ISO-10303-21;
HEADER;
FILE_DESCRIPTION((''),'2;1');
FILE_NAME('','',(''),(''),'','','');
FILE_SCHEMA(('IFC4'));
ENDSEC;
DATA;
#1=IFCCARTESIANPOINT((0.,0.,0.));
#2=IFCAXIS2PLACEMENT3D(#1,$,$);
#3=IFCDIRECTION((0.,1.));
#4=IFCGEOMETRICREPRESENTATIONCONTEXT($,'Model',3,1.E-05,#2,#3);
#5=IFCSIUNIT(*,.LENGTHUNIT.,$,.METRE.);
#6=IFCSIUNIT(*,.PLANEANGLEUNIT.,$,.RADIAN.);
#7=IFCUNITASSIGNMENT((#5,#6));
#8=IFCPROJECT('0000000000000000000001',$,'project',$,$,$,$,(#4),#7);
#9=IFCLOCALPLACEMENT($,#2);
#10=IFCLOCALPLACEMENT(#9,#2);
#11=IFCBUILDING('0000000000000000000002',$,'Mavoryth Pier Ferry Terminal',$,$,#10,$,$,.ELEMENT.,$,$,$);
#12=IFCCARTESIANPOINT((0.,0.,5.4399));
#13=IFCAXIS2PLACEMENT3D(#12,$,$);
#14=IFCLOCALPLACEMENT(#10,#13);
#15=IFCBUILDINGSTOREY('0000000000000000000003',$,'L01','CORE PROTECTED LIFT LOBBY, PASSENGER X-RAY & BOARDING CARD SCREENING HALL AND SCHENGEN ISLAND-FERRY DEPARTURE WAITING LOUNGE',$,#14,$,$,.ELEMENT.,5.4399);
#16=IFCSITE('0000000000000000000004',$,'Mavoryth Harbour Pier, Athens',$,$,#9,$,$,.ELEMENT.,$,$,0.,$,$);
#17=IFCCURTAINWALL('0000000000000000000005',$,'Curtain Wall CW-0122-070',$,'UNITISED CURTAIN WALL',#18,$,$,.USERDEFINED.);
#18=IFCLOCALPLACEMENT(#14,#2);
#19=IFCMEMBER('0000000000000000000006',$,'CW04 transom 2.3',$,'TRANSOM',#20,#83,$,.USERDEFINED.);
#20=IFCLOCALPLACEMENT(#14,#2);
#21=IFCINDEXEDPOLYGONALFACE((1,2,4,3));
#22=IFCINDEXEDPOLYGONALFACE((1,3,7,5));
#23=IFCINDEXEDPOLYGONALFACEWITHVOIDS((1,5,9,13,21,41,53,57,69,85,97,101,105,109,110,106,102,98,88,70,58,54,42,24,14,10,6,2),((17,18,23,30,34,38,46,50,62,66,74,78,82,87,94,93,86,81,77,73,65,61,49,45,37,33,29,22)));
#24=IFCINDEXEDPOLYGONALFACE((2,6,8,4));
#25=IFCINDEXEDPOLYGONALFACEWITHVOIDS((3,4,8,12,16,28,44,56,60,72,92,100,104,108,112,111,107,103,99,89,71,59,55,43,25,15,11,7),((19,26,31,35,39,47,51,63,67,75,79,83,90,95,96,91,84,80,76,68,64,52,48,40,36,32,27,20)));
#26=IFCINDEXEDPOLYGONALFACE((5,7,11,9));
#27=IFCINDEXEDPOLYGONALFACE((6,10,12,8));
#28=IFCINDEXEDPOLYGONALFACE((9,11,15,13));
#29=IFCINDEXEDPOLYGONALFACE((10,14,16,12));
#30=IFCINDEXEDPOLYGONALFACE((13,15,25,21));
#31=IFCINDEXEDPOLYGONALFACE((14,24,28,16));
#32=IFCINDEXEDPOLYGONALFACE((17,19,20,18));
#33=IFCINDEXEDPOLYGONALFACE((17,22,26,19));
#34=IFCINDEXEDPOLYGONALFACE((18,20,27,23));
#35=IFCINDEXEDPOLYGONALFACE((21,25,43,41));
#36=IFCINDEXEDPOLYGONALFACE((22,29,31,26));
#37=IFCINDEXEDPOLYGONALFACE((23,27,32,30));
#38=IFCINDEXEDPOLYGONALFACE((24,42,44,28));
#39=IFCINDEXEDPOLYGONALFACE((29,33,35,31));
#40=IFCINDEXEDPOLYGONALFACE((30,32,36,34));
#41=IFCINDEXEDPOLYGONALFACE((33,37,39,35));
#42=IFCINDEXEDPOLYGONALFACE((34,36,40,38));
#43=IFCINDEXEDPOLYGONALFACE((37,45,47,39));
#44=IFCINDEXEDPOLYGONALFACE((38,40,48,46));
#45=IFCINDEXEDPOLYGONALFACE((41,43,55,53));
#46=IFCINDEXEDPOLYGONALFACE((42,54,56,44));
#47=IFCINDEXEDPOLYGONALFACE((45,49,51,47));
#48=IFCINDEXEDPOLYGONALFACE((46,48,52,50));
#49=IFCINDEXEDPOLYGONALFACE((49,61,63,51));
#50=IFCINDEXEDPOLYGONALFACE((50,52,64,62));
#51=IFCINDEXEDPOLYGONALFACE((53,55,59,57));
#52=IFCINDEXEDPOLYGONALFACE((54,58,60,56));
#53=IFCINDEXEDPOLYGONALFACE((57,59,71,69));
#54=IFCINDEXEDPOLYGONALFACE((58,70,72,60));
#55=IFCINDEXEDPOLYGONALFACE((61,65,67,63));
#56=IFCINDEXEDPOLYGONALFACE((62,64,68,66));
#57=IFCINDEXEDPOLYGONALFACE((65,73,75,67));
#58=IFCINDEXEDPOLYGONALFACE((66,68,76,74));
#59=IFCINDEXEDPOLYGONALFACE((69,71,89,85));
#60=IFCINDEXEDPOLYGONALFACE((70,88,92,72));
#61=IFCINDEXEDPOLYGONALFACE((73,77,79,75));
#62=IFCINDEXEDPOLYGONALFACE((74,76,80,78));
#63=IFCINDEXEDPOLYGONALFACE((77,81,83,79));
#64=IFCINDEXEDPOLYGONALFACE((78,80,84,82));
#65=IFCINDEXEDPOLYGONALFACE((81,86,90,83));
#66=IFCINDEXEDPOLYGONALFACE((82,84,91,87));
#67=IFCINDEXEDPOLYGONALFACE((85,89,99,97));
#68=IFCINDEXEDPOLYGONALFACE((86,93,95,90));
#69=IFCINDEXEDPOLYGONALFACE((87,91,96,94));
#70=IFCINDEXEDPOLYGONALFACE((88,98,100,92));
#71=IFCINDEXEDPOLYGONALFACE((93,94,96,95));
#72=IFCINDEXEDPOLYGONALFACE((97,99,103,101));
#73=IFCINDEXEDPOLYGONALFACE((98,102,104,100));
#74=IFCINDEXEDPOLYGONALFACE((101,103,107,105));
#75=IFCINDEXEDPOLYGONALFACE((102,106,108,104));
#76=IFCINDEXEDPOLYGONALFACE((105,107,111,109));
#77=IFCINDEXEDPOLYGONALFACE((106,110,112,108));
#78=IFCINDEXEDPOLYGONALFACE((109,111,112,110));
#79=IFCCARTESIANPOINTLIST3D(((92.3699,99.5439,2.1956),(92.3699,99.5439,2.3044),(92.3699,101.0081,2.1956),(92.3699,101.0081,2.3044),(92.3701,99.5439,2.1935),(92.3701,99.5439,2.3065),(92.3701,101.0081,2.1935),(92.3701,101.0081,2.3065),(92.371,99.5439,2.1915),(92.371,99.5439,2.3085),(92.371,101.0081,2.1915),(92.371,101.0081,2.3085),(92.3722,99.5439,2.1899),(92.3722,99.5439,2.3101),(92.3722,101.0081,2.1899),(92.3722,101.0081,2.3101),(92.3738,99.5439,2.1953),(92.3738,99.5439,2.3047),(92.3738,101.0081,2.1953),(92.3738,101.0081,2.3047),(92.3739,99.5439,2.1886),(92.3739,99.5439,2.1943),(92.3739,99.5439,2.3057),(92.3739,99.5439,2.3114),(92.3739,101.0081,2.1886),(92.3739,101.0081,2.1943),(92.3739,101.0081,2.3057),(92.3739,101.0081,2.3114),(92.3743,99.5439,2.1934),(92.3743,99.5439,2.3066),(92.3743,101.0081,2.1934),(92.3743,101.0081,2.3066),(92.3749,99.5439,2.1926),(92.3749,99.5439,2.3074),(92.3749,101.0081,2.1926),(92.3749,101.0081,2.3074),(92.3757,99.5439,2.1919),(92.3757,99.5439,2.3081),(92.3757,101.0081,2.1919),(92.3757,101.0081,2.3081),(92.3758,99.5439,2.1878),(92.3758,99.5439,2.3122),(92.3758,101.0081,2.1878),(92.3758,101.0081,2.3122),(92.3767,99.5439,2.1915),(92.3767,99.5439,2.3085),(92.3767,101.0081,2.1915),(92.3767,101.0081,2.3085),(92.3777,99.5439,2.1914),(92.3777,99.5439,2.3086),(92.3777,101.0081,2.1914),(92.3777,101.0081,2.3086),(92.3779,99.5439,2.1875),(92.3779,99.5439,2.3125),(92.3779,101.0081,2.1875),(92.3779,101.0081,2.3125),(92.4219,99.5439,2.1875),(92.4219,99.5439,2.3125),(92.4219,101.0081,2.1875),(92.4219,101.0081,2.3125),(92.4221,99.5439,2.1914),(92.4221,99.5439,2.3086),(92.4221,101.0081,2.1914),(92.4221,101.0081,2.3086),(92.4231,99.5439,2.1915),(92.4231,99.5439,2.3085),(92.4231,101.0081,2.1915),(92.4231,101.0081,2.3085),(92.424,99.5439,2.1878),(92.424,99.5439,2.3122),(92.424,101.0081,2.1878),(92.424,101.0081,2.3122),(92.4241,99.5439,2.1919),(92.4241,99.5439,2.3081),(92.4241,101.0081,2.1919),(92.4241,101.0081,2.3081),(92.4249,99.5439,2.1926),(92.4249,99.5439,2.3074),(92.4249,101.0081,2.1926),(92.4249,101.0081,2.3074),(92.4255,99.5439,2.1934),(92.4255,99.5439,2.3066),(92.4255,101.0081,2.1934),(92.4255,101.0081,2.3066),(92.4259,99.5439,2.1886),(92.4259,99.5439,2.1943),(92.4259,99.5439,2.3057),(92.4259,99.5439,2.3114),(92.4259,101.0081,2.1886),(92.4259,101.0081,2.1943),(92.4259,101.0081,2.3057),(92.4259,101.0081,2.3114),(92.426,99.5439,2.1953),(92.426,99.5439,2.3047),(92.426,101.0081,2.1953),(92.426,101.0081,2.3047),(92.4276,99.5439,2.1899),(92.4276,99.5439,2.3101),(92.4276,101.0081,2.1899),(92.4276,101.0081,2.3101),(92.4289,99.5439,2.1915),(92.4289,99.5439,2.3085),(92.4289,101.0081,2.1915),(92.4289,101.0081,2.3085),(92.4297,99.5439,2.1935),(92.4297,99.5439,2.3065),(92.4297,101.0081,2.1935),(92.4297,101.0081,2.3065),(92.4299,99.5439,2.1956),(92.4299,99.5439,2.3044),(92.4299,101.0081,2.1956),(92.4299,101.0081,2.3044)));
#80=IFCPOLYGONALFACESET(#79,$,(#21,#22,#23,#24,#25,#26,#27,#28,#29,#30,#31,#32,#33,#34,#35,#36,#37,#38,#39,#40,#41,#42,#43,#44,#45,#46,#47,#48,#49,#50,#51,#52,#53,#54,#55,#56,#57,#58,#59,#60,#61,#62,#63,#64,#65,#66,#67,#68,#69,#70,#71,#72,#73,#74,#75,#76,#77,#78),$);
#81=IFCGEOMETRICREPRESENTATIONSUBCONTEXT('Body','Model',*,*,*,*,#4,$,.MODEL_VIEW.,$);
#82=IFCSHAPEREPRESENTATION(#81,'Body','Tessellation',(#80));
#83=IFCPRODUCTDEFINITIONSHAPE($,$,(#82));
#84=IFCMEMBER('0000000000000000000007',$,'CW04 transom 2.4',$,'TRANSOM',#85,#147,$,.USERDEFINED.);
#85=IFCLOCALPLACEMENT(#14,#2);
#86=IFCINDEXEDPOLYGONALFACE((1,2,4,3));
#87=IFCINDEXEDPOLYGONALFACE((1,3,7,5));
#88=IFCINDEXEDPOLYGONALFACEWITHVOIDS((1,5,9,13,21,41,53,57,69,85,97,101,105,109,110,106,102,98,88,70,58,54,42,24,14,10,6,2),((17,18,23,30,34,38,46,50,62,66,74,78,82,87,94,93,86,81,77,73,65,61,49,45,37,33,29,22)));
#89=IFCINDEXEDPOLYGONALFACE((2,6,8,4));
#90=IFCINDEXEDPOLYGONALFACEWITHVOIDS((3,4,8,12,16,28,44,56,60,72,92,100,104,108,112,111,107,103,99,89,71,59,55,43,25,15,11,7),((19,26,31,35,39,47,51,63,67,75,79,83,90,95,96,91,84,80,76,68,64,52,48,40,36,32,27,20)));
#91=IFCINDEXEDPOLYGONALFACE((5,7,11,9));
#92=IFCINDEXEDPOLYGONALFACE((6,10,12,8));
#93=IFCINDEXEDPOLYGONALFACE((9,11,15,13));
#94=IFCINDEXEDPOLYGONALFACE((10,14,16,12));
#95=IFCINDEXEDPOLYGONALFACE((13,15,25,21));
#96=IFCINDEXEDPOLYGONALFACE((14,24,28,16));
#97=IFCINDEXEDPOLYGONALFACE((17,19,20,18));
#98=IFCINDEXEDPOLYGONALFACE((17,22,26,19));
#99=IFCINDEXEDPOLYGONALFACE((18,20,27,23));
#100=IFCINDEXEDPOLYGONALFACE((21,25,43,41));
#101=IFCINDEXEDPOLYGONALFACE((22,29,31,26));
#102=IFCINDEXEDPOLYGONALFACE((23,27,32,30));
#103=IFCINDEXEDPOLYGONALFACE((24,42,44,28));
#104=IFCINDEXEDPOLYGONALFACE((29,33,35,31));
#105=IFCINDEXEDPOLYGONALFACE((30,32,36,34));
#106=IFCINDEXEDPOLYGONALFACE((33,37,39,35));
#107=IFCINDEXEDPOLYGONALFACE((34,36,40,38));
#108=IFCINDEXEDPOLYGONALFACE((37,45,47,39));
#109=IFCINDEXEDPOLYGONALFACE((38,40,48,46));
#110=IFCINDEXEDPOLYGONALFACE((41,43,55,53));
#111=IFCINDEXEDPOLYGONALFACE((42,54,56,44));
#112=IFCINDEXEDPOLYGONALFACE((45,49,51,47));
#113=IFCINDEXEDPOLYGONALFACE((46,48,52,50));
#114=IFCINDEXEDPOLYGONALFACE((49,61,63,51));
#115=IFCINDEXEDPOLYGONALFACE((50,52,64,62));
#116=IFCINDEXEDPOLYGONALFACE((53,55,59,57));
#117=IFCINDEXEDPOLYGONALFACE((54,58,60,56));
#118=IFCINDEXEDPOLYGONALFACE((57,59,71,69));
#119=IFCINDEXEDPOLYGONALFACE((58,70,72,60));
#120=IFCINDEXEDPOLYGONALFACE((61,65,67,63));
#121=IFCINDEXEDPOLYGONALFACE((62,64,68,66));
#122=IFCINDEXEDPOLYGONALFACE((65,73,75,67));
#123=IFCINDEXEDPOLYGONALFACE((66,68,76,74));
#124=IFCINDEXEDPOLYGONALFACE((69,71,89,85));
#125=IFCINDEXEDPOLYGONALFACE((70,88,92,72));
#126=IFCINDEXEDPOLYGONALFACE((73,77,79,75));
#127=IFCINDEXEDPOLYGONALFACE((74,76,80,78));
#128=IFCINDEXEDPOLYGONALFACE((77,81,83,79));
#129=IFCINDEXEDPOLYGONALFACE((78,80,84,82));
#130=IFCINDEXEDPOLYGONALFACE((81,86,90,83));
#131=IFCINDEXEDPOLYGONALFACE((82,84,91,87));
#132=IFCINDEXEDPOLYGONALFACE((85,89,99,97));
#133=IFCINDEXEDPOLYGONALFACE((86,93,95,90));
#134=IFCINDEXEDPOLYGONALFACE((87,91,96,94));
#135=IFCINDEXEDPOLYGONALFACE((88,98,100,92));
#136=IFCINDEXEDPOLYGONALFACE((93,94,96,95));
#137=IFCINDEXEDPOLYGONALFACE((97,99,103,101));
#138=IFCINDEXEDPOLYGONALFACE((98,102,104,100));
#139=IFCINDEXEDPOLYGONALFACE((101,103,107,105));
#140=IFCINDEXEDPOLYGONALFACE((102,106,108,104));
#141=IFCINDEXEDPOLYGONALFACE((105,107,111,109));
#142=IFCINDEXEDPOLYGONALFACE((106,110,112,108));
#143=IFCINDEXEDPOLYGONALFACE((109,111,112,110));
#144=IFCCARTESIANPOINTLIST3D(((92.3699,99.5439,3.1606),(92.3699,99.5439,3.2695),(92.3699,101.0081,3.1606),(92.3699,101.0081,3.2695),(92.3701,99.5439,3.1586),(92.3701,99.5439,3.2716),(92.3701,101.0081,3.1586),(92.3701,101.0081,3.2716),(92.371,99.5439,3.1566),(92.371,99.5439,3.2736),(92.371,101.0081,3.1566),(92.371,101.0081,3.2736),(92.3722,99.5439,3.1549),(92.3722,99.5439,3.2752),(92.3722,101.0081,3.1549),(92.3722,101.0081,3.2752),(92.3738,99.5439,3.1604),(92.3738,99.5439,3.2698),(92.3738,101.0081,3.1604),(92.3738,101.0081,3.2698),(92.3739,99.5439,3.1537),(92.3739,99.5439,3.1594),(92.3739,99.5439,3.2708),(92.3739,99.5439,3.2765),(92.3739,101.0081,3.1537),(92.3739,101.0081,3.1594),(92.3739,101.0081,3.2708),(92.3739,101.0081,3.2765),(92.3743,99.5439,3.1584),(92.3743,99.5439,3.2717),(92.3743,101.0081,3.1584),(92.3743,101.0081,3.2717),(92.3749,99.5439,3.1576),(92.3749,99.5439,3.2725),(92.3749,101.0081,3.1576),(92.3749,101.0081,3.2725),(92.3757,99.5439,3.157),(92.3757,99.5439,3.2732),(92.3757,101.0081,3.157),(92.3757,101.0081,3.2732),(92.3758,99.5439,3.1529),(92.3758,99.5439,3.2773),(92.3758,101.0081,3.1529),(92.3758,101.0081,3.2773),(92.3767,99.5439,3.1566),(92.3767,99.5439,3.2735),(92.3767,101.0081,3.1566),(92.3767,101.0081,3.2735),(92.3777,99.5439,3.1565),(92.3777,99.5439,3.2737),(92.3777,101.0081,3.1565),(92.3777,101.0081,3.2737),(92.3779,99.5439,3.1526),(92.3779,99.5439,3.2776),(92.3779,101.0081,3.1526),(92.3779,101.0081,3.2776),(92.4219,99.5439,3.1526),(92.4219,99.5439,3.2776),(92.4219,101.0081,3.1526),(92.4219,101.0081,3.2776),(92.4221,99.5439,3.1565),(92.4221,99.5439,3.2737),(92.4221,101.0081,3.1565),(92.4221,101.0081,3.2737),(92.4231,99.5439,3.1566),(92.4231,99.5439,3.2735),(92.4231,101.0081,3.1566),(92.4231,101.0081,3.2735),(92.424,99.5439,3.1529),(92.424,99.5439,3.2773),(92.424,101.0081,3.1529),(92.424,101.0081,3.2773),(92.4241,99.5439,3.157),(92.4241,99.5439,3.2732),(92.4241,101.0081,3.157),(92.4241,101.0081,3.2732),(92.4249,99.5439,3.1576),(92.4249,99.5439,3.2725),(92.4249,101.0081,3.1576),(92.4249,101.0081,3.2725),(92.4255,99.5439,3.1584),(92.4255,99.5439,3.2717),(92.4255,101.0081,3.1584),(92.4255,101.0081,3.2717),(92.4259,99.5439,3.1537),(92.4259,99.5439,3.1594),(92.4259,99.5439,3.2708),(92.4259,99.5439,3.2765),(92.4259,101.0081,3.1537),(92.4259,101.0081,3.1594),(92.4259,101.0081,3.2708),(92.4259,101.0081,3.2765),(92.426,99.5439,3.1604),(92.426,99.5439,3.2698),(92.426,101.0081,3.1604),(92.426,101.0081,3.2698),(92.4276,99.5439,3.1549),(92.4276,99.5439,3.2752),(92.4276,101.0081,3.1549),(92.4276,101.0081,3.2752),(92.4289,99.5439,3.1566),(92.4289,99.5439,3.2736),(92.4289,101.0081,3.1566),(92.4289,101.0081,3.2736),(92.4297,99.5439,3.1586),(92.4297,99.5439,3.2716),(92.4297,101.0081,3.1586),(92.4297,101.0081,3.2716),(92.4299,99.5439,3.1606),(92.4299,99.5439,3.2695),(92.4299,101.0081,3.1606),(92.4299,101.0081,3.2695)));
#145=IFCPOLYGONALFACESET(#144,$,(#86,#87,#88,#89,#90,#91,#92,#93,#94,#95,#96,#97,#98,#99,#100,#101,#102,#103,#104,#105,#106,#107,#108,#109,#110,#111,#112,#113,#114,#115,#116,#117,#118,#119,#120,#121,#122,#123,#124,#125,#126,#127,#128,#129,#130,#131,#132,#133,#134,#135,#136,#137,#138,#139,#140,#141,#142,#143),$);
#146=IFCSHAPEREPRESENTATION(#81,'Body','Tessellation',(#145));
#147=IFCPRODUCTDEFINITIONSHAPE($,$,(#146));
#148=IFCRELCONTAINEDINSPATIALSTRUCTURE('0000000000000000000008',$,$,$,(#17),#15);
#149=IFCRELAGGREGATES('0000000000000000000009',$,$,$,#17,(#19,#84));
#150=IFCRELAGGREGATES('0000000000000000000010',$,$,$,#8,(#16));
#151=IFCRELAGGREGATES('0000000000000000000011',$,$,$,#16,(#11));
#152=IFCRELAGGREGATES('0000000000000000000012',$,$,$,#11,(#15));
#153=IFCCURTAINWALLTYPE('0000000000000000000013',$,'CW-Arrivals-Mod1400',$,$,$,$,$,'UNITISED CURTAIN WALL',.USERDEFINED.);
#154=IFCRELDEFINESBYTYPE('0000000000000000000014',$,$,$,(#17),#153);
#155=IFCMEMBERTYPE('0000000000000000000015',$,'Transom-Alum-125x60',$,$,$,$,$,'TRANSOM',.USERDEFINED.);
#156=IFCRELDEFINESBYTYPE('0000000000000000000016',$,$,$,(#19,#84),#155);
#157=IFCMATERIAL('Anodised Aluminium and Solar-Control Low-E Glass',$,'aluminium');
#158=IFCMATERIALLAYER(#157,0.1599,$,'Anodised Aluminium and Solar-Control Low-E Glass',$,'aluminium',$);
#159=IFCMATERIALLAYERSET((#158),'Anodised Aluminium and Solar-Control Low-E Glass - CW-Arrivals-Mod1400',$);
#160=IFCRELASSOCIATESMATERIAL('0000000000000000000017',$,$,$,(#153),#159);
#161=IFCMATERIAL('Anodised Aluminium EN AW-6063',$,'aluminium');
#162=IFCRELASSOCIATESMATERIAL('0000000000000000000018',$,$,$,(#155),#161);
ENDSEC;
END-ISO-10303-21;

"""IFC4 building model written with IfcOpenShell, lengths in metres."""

from ifc_helpers import new_model, si_unit, direction, frame, origin, origin_2d, place, context, subcontext, project, spatial, hollow_rectangle, extrude, material, layer, layer_set, material_profile, profile_set, type_object, element, aggregate, save


model = new_model("IFC4")

# Units and contexts
model_context = context("Model", 3, precision=1e-05, world=origin(), true_north=direction((0.0, 1.0)))
body_context = subcontext(model_context, "Body", "Model", "MODEL_VIEW")
ifc_project = project(units=[si_unit("LENGTHUNIT", "METRE"), si_unit("PLANEANGLEUNIT", "RADIAN")], contexts=[model_context])

# Site, building, storey
site_placement = place(None, origin())
site = spatial("IfcSite", under=ifc_project, at=site_placement, Name="Mavoryth Harbour Pier, Athens", CompositionType="ELEMENT", RefElevation=0.0)
building_placement = place(site_placement, origin())
building = spatial("IfcBuilding", under=site, at=building_placement, Name="Mavoryth Pier Ferry Terminal", CompositionType="ELEMENT")
storey_placement = place(building_placement, frame((0.0, 0.0, 5.4399)))
storey = spatial("IfcBuildingStorey", under=building, at=storey_placement, Name="L01", Description="CORE PROTECTED LIFT LOBBY, PASSENGER X-RAY & BOARDING CARD SCREENING HALL AND SCHENGEN ISLAND-FERRY DEPARTURE WAITING LOUNGE", CompositionType="ELEMENT", Elevation=5.4399)

# Shared definitions
ifc_material_1 = material(Name="Anodised Aluminium and Solar-Control Low-E Glass", Category="aluminium")
ifc_layer_1 = layer(ifc_material_1, 0.1599, Name="Anodised Aluminium and Solar-Control Low-E Glass", Category="aluminium")
ifc_layer_set_1 = layer_set([ifc_layer_1], Name="Anodised Aluminium and Solar-Control Low-E Glass - CW-Arrivals-Mod1400")
curtain_wall_type = type_object("IfcCurtainWallType", Name="CW-Arrivals-Mod1400", ElementType="UNITISED CURTAIN WALL", PredefinedType="USERDEFINED", material=ifc_layer_set_1)
ifc_material_2 = material(Name="Anodised Aluminium EN AW-6063", Category="aluminium")

# Curtain wall
curtain_wall_1_placement = place(storey_placement, origin())
curtain_wall_1 = element("IfcCurtainWall", 1, at=curtain_wall_1_placement, inside=storey, type_object=curtain_wall_type, Name="Curtain Wall CW-0122-070", ObjectType="UNITISED CURTAIN WALL", PredefinedType="USERDEFINED")

# Members
ifc_material_profile_1 = material_profile(ifc_material_2, hollow_rectangle(XDim=0.0601, YDim=0.125, WallThickness=0.0039, InnerFilletRadius=0.0039, OuterFilletRadius=0.0081, at=origin_2d()), Name="AL-TRAN 125x60x4", Category="aluminium")
ifc_profile_set_1 = profile_set([ifc_material_profile_1], Name="Anodised Aluminium EN AW-6063 - AL-TRAN 125x60x4")
member_type_1 = type_object("IfcMemberType", Name="Transom-Alum-125x60", ElementType="TRANSOM", PredefinedType="USERDEFINED", material=ifc_profile_set_1)
member_1_placement = place(storey_placement, frame((92.3999, 99.5439, 2.25), z_axis=(0.0, 1.0, 0.0), x_axis=(-1.0, 0.0, 0.0)))
member_1 = element("IfcMember", 2, at=member_1_placement, type_object=member_type_1, Name="CW04 transom 2.3", ObjectType="TRANSOM", PredefinedType="USERDEFINED", context=body_context, shape_type="SweptSolid", body=[
    extrude(hollow_rectangle(XDim=0.0601, YDim=0.125, WallThickness=0.0039, InnerFilletRadius=0.0039, OuterFilletRadius=0.0081, at=origin_2d()), origin(), (0.0, 0.0, 1.0), 1.4641),
])
member_2_placement = place(storey_placement, frame((92.3999, 99.5439, 3.2151), z_axis=(0.0, 1.0, 0.0), x_axis=(-1.0, 0.0, 0.0)))
member_2 = element("IfcMember", 3, at=member_2_placement, type_object=member_type_1, Name="CW04 transom 2.4", ObjectType="TRANSOM", PredefinedType="USERDEFINED", context=body_context, shape_type="SweptSolid", body=[
    extrude(hollow_rectangle(XDim=0.0601, YDim=0.125, WallThickness=0.0039, InnerFilletRadius=0.0039, OuterFilletRadius=0.0081, at=origin_2d()), origin(), (0.0, 0.0, 1.0), 1.4641),
])

aggregate(curtain_wall_1, [member_1, member_2])

save(model, "model.ifc")
